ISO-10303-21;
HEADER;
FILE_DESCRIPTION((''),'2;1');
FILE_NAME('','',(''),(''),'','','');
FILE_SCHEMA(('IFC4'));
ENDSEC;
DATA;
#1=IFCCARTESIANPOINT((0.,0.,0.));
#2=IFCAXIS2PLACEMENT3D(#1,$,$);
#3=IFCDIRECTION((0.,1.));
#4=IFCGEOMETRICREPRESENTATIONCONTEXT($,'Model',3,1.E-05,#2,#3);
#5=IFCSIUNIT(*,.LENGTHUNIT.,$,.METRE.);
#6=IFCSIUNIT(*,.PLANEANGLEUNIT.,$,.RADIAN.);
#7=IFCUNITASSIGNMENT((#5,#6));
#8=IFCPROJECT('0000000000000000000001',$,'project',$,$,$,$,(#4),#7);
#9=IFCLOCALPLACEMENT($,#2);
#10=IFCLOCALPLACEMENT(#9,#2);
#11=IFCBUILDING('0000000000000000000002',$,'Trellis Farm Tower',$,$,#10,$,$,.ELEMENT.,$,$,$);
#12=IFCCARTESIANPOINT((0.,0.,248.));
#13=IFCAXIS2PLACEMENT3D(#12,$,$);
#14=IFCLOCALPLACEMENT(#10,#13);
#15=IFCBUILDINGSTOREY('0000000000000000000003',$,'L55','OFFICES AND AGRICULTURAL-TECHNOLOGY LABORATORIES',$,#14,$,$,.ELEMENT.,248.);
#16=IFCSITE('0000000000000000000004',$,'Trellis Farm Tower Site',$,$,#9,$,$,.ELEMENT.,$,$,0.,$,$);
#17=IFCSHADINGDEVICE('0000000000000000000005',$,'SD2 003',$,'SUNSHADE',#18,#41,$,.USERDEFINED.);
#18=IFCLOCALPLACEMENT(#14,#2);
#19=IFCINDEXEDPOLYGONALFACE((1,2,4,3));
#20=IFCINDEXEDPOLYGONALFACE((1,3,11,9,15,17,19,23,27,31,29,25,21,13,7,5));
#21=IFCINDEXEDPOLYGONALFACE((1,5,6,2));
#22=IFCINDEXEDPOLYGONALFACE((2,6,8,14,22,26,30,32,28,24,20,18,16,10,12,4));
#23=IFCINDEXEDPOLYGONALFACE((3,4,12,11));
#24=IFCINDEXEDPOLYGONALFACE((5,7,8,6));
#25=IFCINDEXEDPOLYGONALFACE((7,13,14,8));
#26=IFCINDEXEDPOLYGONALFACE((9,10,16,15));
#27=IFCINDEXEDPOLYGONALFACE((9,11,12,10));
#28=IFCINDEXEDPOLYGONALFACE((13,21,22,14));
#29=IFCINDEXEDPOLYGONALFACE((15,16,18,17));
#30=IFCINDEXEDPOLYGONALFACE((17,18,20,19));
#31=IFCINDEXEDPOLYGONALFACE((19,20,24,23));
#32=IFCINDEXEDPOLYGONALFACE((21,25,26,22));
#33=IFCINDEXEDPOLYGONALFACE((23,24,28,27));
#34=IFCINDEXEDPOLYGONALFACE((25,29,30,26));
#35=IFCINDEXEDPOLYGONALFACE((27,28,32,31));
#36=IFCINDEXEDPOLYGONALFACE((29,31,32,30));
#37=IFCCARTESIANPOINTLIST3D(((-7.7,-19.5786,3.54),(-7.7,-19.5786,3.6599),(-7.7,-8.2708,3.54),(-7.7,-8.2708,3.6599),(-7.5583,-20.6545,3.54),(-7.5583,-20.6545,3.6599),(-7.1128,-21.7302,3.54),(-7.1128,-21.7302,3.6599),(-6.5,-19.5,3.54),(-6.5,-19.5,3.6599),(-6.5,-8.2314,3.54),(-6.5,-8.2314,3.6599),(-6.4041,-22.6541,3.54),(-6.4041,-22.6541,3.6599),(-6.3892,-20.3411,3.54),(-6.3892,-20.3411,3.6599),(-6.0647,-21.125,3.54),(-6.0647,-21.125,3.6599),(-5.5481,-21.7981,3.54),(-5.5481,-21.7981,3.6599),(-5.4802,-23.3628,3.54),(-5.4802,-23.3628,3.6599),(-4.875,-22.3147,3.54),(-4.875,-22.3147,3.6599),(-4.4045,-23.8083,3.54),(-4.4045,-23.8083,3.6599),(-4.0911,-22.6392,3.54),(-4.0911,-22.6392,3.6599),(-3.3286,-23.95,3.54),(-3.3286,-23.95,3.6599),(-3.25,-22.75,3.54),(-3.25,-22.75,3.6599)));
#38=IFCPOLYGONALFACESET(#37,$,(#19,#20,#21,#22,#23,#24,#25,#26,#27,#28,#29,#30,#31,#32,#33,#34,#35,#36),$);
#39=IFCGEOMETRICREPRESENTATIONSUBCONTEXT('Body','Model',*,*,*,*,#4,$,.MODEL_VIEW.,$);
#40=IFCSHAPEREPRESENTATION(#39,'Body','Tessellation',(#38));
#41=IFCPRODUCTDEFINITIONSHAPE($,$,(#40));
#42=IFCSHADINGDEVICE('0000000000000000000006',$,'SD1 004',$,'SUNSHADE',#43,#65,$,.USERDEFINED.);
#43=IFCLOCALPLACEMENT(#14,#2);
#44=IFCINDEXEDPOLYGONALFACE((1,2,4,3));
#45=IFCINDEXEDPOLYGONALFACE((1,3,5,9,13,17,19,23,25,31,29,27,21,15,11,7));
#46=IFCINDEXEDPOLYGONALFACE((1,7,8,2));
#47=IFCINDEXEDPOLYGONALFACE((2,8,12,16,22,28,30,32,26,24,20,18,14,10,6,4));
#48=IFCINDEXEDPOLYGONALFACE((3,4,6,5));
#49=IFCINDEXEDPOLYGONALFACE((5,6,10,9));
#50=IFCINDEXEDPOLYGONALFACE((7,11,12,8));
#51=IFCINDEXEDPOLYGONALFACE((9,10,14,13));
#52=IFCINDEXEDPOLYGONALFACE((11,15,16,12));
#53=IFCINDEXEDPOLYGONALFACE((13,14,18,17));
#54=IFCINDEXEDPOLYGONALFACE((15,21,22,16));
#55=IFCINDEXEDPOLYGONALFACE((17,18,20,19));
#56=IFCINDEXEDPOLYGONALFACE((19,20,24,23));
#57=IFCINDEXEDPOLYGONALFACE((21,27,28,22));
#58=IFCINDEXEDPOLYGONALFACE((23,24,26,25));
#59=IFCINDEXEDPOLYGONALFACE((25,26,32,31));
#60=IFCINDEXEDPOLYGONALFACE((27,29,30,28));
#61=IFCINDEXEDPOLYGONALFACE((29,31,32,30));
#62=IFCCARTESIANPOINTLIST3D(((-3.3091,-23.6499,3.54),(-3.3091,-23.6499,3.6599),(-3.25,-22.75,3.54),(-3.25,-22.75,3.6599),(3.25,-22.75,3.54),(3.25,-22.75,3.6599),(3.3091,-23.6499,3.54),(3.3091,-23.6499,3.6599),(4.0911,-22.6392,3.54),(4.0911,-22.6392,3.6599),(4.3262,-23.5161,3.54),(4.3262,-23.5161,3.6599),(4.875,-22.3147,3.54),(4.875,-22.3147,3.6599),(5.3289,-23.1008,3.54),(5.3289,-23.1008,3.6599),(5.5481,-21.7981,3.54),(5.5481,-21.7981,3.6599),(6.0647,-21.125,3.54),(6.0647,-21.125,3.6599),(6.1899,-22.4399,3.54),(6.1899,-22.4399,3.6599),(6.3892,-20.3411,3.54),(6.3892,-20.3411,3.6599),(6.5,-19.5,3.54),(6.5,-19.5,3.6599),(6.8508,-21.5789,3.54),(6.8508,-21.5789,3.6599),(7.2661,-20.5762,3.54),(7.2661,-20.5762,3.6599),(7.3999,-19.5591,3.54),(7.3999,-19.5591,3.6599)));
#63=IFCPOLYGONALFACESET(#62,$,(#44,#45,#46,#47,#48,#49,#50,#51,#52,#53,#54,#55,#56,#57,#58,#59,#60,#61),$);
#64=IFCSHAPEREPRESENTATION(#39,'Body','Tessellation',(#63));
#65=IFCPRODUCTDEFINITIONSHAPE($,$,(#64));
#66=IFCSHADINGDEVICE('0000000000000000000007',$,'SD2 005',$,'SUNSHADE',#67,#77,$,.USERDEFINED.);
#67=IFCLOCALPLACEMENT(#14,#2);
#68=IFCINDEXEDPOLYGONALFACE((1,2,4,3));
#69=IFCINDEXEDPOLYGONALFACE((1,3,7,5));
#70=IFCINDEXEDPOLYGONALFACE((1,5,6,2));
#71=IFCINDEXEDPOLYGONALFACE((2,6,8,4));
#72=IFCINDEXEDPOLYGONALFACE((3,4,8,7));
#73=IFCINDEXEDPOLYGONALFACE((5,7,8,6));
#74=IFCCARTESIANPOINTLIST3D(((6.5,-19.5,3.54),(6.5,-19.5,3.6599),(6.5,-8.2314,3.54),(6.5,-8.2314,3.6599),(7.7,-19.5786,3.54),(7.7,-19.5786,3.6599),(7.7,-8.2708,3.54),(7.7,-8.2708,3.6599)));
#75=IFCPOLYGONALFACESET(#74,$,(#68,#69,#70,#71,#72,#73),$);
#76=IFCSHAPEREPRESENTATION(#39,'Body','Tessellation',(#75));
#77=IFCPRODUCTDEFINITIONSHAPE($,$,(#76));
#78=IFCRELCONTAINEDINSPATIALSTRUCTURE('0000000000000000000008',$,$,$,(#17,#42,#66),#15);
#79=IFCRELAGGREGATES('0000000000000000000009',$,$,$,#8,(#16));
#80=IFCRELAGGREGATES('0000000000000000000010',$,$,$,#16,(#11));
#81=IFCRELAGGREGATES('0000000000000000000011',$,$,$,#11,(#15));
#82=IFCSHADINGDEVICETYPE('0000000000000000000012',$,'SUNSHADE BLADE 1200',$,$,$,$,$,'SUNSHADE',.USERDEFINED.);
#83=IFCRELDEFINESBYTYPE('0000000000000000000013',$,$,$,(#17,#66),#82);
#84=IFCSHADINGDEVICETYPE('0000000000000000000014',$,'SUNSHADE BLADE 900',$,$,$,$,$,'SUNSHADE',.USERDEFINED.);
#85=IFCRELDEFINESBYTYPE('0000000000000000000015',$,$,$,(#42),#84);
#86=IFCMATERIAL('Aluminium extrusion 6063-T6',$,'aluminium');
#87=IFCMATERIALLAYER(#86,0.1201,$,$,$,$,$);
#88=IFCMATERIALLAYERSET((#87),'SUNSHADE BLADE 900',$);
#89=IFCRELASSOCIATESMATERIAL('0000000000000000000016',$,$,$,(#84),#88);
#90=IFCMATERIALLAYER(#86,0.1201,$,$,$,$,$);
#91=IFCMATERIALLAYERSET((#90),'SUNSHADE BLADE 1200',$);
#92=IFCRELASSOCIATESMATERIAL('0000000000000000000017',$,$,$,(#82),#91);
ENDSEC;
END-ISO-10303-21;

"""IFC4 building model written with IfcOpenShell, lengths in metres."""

from ifc_helpers import new_model, si_unit, direction, frame, origin, place, context, subcontext, project, spatial, polyline, outline, extrude, source, transform, mapped, material, layer, layer_set, type_object, element, save


model = new_model("IFC4")

# Units and contexts
model_context = context("Model", 3, precision=1e-05, world=origin(), true_north=direction((0.0, 1.0)))
body_context = subcontext(model_context, "Body", "Model", "MODEL_VIEW")
ifc_project = project(units=[si_unit("LENGTHUNIT", "METRE"), si_unit("PLANEANGLEUNIT", "RADIAN")], contexts=[model_context])

# Site, building, storey
site_placement = place(None, origin())
site = spatial("IfcSite", under=ifc_project, at=site_placement, Name="Trellis Farm Tower Site", CompositionType="ELEMENT", RefElevation=0.0)
building_placement = place(site_placement, origin())
building = spatial("IfcBuilding", under=site, at=building_placement, Name="Trellis Farm Tower", CompositionType="ELEMENT")
storey_placement = place(building_placement, frame((0.0, 0.0, 248.0)))
storey = spatial("IfcBuildingStorey", under=building, at=storey_placement, Name="L55", Description="OFFICES AND AGRICULTURAL-TECHNOLOGY LABORATORIES", CompositionType="ELEMENT", Elevation=248.0)

# Shared definitions
ifc_material_1 = material(Name="Aluminium extrusion 6063-T6", Category="aluminium")

# Shading devices
ifc_layer_1 = layer(ifc_material_1, 0.1201)
ifc_layer_set_1 = layer_set([ifc_layer_1], Name="SUNSHADE BLADE 900")
shading_device_type_1 = type_object("IfcShadingDeviceType", Name="SUNSHADE BLADE 900", ElementType="SUNSHADE", PredefinedType="USERDEFINED", material=ifc_layer_set_1)
placement_1 = place(storey_placement, frame((0.0, 0.0, 3.54)))
ifc_layer_2 = layer(ifc_material_1, 0.1201)
ifc_layer_set_2 = layer_set([ifc_layer_2], Name="SUNSHADE BLADE 1200")
shading_device_type_2 = type_object("IfcShadingDeviceType", Name="SUNSHADE BLADE 1200", ElementType="SUNSHADE", PredefinedType="USERDEFINED", material=ifc_layer_set_2)
shared_shape_1 = source(origin(), body_context, "Body", "SweptSolid", [
    extrude(outline(polyline([(-7.7, -8.2708), (-7.7, -19.5786), (-7.5583, -20.6545), (-7.1128, -21.7302), (-6.4041, -22.6541), (-5.4802, -23.3628), (-4.4045, -23.8083), (-3.3286, -23.95), (-3.25, -22.75), (-4.0911, -22.6392), (-4.875, -22.3147), (-5.5481, -21.7981), (-6.0647, -21.125), (-6.3892, -20.3411), (-6.5, -19.5), (-6.5, -8.2314), (-7.7, -8.2708)])), origin(), (0.0, 0.0, 1.0), 0.1199),
])
element("IfcShadingDevice", 1, at=placement_1, inside=storey, type_object=shading_device_type_2, Name="SD2 003", ObjectType="SUNSHADE", PredefinedType="USERDEFINED", context=body_context, shape_type="MappedRepresentation", body=[
    mapped(shared_shape_1, transform((0.0, 0.0, 0.0))),
])
shared_shape_2 = source(origin(), body_context, "Body", "SweptSolid", [
    extrude(outline(polyline([(-3.3091, -23.6499), (3.3091, -23.6499), (4.3262, -23.5161), (5.3289, -23.1008), (6.1899, -22.4399), (6.8508, -21.5789), (7.2661, -20.5762), (7.3999, -19.5591), (6.5, -19.5), (6.3892, -20.3411), (6.0647, -21.125), (5.5481, -21.7981), (4.875, -22.3147), (4.0911, -22.6392), (3.25, -22.75), (-3.25, -22.75), (-3.3091, -23.6499)])), origin(), (0.0, 0.0, 1.0), 0.1199),
])
element("IfcShadingDevice", 2, at=placement_1, inside=storey, type_object=shading_device_type_1, Name="SD1 004", ObjectType="SUNSHADE", PredefinedType="USERDEFINED", context=body_context, shape_type="MappedRepresentation", body=[
    mapped(shared_shape_2, transform((0.0, 0.0, 0.0))),
])
shared_shape_3 = source(origin(), body_context, "Body", "SweptSolid", [
    extrude(outline(polyline([(7.7, -19.5786), (7.7, -8.2708), (6.5, -8.2314), (6.5, -19.5), (7.7, -19.5786)])), origin(), (0.0, 0.0, 1.0), 0.1199),
])
element("IfcShadingDevice", 3, at=placement_1, inside=storey, type_object=shading_device_type_2, Name="SD2 005", ObjectType="SUNSHADE", PredefinedType="USERDEFINED", context=body_context, shape_type="MappedRepresentation", body=[
    mapped(shared_shape_3, transform((0.0, 0.0, 0.0))),
])

save(model, "model.ifc")
